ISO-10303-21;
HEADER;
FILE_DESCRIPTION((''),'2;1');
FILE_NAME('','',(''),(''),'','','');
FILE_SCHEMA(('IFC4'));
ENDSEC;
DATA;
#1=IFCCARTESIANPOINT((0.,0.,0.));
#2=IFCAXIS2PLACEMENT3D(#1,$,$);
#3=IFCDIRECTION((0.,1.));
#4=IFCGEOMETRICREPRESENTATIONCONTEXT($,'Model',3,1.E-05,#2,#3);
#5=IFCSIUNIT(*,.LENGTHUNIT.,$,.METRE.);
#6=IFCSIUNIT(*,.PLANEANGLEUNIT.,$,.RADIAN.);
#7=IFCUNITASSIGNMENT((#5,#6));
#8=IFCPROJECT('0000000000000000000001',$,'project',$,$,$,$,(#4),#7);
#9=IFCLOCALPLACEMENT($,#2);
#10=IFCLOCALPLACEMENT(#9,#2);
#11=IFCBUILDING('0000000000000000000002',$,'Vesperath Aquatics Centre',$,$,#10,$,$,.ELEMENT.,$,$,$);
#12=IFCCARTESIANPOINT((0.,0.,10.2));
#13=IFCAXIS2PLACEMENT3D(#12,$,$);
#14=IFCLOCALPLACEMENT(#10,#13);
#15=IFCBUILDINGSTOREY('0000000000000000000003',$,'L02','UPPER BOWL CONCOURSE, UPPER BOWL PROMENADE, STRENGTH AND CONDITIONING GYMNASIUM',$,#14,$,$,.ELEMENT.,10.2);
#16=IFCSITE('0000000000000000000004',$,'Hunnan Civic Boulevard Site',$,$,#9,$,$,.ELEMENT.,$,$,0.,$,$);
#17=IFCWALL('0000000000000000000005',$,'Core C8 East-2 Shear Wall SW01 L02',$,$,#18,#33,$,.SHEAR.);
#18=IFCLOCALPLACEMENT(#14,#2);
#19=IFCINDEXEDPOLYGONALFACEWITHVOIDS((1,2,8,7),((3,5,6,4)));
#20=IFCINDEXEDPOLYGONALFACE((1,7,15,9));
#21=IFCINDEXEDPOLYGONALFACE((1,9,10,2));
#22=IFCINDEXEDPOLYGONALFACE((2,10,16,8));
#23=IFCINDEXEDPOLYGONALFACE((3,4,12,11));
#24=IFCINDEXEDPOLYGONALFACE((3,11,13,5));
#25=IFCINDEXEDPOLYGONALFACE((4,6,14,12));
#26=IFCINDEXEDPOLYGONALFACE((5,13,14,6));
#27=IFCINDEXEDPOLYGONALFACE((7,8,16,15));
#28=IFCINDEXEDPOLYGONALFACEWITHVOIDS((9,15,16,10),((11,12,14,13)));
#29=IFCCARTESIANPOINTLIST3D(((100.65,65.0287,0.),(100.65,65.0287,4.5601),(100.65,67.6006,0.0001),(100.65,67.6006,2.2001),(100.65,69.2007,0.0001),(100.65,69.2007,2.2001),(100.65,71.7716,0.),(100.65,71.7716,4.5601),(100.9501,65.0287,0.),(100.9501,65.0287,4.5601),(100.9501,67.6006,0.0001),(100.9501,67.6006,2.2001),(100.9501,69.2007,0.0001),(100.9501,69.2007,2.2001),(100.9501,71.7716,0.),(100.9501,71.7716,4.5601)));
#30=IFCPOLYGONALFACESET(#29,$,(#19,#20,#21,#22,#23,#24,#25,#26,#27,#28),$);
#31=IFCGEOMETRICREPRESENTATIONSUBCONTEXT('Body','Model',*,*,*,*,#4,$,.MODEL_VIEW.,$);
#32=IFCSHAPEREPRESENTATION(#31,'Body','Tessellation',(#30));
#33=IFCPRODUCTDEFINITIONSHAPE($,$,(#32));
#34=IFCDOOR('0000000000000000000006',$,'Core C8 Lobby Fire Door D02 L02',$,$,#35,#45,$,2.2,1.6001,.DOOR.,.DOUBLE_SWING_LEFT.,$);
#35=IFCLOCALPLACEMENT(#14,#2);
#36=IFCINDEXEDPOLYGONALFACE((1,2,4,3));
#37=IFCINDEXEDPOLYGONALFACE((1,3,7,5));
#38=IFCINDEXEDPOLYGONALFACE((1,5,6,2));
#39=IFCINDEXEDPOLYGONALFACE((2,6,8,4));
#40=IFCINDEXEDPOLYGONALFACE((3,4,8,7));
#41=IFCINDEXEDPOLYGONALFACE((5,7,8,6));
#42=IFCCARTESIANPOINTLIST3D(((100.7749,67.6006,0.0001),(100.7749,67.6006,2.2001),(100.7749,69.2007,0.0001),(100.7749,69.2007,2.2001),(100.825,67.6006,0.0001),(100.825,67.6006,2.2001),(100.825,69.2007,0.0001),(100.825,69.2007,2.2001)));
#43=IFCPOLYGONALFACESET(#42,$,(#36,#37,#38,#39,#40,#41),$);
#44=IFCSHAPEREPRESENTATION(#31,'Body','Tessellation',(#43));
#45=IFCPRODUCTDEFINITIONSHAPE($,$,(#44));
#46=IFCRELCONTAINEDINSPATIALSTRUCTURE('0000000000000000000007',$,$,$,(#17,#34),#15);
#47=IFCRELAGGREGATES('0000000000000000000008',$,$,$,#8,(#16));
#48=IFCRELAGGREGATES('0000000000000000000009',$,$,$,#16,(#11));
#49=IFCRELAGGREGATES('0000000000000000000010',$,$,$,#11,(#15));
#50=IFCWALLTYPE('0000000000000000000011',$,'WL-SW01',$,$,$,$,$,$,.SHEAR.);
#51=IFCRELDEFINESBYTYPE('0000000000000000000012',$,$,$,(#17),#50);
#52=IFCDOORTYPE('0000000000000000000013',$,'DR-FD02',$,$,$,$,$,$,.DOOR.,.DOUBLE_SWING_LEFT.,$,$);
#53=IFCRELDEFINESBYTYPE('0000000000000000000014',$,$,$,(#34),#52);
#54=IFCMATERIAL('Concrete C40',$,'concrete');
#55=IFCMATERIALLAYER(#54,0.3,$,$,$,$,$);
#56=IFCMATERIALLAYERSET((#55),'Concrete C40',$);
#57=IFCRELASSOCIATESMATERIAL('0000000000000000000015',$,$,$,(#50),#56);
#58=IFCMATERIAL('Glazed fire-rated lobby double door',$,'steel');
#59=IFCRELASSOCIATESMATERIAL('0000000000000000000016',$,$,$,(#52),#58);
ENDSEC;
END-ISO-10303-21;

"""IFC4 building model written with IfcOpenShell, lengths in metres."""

from ifc_helpers import new_model, si_unit, direction, frame, frame_2d, origin, place, context, subcontext, project, spatial, rectangle, extrude, material, layer, layer_set, type_object, element, fill, save


model = new_model("IFC4")

# Units and contexts
model_context = context("Model", 3, precision=1e-05, world=origin(), true_north=direction((0.0, 1.0)))
body_context = subcontext(model_context, "Body", "Model", "MODEL_VIEW")
ifc_project = project(units=[si_unit("LENGTHUNIT", "METRE"), si_unit("PLANEANGLEUNIT", "RADIAN")], contexts=[model_context])

# Site, building, storey
site_placement = place(None, origin())
site = spatial("IfcSite", under=ifc_project, at=site_placement, Name="Hunnan Civic Boulevard Site", CompositionType="ELEMENT", RefElevation=0.0)
building_placement = place(site_placement, origin())
building = spatial("IfcBuilding", under=site, at=building_placement, Name="Vesperath Aquatics Centre", CompositionType="ELEMENT")
storey_placement = place(building_placement, frame((0.0, 0.0, 10.2)))
storey = spatial("IfcBuildingStorey", under=building, at=storey_placement, Name="L02", Description="UPPER BOWL CONCOURSE, UPPER BOWL PROMENADE, STRENGTH AND CONDITIONING GYMNASIUM", CompositionType="ELEMENT", Elevation=10.2)

# Shared definitions
ifc_material_1 = material(Name="Concrete C40", Category="concrete")
ifc_layer_1 = layer(ifc_material_1, 0.3)
ifc_layer_set_1 = layer_set([ifc_layer_1], Name="Concrete C40")
wall_type = type_object("IfcWallType", Name="WL-SW01", PredefinedType="SHEAR", material=ifc_layer_set_1)

# Wall, opening, door
wall_1_placement = place(storey_placement, frame((100.8, 65.0286, 0.0), z_axis=(0.0, 0.0, 1.0), x_axis=(0.0, 1.0, 0.0)))
wall_1 = element("IfcWall", 1, at=wall_1_placement, inside=storey, type_object=wall_type, Name="Core C8 East-2 Shear Wall SW01 L02", PredefinedType="SHEAR", context=body_context, shape_type="SweptSolid", body=[
    extrude(rectangle(XDim=6.7429, YDim=0.3, at=frame_2d((3.3716, 0.0))), origin(), (0.0, 0.0, 1.0), 4.5601),
])
opening_placement = place(wall_1_placement, frame((2.572, 0.0, 0.0)))
opening = element("IfcOpeningElement", 2, at=opening_placement, cuts=wall_1, PredefinedType="OPENING", context=body_context, shape_type="SweptSolid", body=[
    extrude(rectangle(XDim=1.6001, YDim=2.2, at=frame_2d((0.8, 1.1001))), frame((0.0, 0.165, 0.0), z_axis=(0.0, -1.0, 0.0), x_axis=(1.0, 0.0, 0.0)), (0.0, 0.0, 1.0), 0.3298),
])
ifc_material_2 = material(Name="Glazed fire-rated lobby double door", Category="steel")
door_type = type_object("IfcDoorType", Name="DR-FD02", OperationType="DOUBLE_SWING_LEFT", PredefinedType="DOOR", material=ifc_material_2)
door_placement = place(opening_placement, frame((1.6001, 0.0, 0.0), z_axis=(0.0, 0.0, 1.0), x_axis=(-1.0, 0.0, 0.0)))
door = element("IfcDoor", 3, at=door_placement, inside=storey, type_object=door_type, Name="Core C8 Lobby Fire Door D02 L02", OperationType="DOUBLE_SWING_LEFT", OverallHeight=2.2, OverallWidth=1.6001, PredefinedType="DOOR", context=body_context, shape_type="SweptSolid", body=[
    extrude(rectangle(XDim=1.6001, YDim=2.2, at=frame_2d((0.8, 1.1001))), frame((0.0, 0.0249, 0.0), z_axis=(0.0, -1.0, 0.0), x_axis=(1.0, 0.0, 0.0)), (0.0, 0.0, 1.0), 0.05),
])
fill(opening, door)

save(model, "model.ifc")
